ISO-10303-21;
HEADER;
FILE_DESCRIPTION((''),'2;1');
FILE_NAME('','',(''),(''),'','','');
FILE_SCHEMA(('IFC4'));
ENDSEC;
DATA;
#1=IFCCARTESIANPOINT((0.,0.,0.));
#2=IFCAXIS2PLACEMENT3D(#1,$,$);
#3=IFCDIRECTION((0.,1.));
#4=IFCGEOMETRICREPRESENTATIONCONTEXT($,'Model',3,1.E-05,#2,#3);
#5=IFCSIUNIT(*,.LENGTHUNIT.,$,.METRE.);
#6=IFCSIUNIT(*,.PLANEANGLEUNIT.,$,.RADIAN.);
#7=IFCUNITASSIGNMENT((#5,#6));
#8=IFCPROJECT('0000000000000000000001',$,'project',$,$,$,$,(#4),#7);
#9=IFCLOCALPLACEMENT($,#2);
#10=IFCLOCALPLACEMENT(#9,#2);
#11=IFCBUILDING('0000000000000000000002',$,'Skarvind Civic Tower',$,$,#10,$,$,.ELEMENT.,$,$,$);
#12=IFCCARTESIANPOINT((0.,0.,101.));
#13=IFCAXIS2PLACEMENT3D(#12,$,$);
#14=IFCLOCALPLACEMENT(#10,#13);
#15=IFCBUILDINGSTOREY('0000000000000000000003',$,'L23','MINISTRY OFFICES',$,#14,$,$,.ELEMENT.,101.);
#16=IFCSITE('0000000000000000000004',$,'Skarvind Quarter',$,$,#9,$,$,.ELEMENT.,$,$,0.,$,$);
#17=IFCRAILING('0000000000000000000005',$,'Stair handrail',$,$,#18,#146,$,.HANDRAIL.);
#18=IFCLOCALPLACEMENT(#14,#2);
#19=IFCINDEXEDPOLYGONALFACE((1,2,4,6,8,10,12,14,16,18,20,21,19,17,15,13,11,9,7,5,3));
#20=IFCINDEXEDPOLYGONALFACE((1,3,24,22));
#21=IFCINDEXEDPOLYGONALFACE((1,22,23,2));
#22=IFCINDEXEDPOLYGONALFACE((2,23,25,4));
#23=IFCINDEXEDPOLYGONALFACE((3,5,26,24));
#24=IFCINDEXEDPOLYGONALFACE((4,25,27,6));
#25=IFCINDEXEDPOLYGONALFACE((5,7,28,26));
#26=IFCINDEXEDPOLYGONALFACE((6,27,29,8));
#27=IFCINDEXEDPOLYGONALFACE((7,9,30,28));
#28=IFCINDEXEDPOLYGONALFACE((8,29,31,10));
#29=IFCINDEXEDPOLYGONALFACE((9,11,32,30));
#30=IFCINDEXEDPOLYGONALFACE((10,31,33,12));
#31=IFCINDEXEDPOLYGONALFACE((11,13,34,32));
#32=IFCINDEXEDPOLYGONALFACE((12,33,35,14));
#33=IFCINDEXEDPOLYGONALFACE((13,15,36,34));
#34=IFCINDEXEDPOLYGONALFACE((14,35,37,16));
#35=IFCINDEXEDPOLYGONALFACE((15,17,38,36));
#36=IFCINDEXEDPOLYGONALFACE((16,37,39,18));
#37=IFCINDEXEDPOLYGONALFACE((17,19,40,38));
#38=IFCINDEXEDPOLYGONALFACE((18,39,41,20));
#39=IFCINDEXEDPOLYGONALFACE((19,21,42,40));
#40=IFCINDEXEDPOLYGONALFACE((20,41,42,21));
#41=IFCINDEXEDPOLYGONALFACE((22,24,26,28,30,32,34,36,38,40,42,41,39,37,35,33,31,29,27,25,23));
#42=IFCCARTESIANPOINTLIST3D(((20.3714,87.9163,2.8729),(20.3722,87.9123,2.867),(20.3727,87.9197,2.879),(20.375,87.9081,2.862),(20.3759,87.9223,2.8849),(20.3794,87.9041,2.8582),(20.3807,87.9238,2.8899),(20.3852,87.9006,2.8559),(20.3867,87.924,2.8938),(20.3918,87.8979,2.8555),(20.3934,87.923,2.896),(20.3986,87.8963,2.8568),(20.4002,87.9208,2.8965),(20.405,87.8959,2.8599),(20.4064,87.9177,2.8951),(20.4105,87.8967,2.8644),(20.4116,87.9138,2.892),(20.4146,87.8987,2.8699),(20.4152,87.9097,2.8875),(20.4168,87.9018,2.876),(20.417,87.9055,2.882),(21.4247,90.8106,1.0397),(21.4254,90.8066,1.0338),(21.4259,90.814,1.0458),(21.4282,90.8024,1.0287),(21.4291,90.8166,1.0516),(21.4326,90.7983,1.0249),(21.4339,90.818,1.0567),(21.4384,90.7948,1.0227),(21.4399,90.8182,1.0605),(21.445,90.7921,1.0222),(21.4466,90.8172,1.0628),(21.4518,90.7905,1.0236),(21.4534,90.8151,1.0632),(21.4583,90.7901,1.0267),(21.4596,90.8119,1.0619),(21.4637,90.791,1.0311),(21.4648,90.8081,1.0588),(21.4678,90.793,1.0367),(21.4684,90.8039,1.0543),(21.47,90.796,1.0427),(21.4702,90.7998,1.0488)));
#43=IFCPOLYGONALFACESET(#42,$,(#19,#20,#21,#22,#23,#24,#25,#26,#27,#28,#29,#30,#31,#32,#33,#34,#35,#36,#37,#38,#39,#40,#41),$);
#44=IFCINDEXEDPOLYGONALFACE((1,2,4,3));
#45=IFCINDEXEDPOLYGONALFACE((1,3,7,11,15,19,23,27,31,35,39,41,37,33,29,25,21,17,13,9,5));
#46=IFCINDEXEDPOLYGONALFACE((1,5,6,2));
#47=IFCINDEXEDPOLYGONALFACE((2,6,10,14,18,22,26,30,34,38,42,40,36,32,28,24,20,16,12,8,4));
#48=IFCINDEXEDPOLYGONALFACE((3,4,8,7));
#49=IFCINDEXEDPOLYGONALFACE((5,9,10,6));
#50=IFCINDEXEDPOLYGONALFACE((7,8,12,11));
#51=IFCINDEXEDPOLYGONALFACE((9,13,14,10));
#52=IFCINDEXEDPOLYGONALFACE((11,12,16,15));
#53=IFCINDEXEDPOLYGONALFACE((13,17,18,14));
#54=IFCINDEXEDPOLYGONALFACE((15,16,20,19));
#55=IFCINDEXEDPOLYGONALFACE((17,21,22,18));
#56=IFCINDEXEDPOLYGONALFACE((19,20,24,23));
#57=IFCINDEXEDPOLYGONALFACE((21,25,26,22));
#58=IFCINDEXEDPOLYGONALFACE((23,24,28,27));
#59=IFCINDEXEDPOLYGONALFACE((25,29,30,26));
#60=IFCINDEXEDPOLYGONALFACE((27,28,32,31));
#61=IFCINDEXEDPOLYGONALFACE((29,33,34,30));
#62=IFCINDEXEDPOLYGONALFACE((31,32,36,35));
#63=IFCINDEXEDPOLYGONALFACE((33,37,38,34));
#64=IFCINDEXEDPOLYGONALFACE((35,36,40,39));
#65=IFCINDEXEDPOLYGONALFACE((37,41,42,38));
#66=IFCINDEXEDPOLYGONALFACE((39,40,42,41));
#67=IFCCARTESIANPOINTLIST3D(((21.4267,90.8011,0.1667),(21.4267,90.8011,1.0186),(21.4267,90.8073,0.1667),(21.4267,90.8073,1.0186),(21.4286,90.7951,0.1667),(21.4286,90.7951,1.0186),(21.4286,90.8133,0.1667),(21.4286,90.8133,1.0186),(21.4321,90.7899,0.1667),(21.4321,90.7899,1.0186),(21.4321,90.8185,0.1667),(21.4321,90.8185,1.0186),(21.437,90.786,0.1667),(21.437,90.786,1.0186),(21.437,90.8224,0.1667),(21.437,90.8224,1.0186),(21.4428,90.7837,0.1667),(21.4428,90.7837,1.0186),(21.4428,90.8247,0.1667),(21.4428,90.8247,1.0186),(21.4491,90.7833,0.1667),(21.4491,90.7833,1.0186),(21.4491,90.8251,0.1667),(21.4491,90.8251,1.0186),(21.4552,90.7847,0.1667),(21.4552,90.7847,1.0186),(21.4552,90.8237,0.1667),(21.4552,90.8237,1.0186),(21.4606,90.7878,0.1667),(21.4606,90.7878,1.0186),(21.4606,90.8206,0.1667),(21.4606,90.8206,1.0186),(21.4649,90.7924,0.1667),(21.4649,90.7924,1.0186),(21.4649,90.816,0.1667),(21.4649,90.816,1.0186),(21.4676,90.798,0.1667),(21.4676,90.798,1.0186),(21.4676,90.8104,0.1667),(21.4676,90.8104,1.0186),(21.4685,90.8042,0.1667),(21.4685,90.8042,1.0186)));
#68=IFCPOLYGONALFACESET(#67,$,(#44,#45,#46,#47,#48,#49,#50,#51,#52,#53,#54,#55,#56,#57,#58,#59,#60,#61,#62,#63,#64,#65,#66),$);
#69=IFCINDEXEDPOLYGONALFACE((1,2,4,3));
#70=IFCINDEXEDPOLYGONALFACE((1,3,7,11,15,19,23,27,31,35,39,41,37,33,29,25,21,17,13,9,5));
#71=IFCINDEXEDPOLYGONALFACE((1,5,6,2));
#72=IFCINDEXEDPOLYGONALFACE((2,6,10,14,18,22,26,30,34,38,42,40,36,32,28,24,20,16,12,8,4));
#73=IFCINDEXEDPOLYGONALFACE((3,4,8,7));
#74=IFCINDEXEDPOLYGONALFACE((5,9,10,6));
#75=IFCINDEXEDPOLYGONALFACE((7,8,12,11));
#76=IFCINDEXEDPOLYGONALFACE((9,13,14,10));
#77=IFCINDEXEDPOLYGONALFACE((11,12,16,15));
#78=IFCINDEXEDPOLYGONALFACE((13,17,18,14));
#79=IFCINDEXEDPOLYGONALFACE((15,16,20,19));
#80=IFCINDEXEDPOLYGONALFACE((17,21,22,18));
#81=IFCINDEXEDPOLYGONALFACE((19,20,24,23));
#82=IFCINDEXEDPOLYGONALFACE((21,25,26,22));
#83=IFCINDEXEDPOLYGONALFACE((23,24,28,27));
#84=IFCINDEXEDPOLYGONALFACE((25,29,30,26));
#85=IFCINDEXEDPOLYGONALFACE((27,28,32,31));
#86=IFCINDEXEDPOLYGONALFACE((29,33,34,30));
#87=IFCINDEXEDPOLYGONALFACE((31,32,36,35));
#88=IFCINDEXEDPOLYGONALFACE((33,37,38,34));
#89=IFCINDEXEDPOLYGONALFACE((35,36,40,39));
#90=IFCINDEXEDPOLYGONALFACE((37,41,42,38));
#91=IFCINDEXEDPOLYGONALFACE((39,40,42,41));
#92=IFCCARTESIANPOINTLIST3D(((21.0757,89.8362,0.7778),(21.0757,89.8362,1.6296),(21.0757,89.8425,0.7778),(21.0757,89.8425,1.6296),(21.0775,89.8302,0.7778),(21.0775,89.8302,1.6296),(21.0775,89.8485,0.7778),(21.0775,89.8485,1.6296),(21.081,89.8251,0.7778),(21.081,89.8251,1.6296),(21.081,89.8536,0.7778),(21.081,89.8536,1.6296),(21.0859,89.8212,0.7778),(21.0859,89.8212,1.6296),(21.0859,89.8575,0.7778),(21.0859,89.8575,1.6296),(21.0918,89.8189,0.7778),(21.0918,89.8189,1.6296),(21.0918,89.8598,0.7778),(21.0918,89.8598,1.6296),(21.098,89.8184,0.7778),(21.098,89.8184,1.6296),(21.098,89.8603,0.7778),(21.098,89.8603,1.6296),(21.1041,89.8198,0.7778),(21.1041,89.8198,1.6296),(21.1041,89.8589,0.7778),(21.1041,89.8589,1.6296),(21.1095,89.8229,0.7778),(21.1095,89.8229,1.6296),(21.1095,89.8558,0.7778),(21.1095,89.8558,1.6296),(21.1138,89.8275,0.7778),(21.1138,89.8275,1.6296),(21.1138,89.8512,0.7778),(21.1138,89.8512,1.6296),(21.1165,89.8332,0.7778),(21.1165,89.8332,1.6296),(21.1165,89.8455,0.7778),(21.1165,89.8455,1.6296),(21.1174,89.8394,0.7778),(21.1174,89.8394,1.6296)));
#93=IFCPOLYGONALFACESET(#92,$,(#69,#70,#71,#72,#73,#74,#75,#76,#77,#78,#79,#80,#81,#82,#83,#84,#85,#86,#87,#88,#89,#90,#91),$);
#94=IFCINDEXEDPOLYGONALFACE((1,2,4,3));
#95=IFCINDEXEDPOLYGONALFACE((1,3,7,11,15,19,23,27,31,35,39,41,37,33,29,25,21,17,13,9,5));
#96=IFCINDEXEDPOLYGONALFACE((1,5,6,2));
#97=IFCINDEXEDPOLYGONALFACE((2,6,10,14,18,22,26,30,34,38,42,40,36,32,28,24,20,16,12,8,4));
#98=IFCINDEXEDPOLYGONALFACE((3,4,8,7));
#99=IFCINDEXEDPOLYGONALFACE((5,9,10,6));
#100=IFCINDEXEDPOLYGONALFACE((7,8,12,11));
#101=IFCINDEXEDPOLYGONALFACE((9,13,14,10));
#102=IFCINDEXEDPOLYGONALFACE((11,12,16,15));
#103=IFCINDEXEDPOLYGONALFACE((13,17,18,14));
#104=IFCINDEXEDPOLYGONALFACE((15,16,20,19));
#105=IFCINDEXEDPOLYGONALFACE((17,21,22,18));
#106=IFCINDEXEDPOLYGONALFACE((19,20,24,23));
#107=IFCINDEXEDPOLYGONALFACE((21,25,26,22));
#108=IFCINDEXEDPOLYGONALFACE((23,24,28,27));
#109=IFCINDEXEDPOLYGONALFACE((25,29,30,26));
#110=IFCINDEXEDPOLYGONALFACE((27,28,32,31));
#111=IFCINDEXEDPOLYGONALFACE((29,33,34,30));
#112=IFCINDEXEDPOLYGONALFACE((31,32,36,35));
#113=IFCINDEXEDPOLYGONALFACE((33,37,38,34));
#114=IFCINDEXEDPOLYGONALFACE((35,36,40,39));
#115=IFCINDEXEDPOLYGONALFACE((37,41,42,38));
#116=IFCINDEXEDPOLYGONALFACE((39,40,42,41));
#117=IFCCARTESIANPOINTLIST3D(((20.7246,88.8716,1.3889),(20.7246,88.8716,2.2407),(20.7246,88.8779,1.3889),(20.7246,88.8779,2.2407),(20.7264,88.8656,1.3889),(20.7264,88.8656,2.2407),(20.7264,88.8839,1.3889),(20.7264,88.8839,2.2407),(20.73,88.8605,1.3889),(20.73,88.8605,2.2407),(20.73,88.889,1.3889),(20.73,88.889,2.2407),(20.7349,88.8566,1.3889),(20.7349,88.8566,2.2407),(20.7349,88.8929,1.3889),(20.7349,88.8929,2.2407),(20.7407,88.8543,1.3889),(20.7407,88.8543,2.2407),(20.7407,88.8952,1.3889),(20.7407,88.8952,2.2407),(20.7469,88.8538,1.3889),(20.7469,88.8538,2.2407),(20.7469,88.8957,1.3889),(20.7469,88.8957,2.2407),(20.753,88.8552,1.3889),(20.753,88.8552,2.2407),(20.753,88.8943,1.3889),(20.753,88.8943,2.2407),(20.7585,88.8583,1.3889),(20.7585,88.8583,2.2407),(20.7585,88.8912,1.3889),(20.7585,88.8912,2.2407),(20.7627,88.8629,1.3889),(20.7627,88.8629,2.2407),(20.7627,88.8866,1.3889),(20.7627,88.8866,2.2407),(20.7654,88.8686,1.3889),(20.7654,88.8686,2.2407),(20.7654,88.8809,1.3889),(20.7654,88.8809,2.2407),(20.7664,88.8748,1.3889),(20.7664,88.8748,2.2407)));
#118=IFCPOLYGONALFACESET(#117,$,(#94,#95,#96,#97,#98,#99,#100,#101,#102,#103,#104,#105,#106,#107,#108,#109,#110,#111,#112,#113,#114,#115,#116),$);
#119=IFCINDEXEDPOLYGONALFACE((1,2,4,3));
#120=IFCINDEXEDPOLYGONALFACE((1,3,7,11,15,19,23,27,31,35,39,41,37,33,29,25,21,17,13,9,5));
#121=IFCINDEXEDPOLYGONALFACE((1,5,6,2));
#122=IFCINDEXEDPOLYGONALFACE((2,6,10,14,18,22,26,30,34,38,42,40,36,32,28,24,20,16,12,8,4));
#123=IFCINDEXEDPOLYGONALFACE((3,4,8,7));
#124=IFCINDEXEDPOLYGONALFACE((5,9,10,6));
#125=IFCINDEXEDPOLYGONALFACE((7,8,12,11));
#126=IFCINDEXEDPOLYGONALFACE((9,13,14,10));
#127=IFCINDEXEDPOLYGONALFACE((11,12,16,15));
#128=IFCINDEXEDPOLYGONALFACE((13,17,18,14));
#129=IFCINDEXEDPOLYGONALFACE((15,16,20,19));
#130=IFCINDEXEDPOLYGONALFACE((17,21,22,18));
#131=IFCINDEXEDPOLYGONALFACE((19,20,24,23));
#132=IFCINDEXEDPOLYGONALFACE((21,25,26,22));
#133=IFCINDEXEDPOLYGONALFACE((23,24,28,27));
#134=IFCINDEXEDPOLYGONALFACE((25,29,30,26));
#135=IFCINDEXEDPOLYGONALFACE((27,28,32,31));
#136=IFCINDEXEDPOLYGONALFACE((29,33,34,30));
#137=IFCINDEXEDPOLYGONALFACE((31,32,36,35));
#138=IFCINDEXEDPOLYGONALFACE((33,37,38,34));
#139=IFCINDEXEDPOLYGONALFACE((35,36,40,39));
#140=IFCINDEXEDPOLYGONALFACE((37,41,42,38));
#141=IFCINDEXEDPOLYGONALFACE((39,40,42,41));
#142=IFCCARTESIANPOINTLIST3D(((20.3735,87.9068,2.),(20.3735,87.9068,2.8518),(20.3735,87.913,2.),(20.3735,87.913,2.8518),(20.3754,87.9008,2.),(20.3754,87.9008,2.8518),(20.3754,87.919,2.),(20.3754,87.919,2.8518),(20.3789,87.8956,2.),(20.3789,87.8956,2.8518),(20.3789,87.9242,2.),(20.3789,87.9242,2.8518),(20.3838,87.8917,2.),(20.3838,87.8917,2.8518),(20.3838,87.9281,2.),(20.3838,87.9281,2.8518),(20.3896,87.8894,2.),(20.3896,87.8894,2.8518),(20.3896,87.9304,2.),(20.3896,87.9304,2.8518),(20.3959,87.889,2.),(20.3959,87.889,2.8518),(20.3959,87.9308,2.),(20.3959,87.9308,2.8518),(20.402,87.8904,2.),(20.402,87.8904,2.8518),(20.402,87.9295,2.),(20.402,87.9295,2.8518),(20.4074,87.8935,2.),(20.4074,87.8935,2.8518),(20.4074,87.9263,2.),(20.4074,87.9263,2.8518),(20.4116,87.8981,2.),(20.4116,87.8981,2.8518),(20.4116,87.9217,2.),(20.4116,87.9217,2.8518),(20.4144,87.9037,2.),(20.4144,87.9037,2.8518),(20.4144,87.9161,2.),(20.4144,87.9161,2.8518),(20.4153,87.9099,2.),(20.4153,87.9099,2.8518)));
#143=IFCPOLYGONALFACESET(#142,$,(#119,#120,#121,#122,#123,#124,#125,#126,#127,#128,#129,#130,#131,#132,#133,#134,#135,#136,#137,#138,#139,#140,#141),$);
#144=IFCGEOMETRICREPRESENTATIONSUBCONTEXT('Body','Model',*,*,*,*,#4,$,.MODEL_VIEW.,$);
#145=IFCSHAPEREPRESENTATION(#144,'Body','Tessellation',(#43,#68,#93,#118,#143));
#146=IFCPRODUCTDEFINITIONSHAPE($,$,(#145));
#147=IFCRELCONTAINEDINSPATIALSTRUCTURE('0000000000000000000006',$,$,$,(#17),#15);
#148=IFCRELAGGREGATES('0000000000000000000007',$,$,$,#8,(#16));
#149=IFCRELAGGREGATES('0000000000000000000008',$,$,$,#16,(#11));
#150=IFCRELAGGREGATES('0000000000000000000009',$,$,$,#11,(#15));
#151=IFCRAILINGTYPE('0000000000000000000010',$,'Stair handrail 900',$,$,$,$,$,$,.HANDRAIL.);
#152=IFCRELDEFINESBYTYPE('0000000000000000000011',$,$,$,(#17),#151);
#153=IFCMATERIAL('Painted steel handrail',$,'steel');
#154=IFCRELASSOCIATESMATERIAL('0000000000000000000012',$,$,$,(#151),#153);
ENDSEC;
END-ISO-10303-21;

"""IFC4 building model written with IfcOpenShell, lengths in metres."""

from ifc_helpers import new_model, si_unit, direction, frame, origin, origin_2d, place, context, subcontext, project, spatial, circle, extrude, material, type_object, element, save


model = new_model("IFC4")

# Units and contexts
model_context = context("Model", 3, precision=1e-05, world=origin(), true_north=direction((0.0, 1.0)))
body_context = subcontext(model_context, "Body", "Model", "MODEL_VIEW")
ifc_project = project(units=[si_unit("LENGTHUNIT", "METRE"), si_unit("PLANEANGLEUNIT", "RADIAN")], contexts=[model_context])

# Site, building, storey
site_placement = place(None, origin())
site = spatial("IfcSite", under=ifc_project, at=site_placement, Name="Skarvind Quarter", CompositionType="ELEMENT", RefElevation=0.0)
building_placement = place(site_placement, origin())
building = spatial("IfcBuilding", under=site, at=building_placement, Name="Skarvind Civic Tower", CompositionType="ELEMENT")
storey_placement = place(building_placement, frame((0.0, 0.0, 101.0)))
storey = spatial("IfcBuildingStorey", under=building, at=storey_placement, Name="L23", Description="MINISTRY OFFICES", CompositionType="ELEMENT", Elevation=101.0)

# Railing
ifc_material_1 = material(Name="Painted steel handrail", Category="steel")
railing_type = type_object("IfcRailingType", Name="Stair handrail 900", PredefinedType="HANDRAIL", material=ifc_material_1)
railing_1_placement = place(storey_placement, frame((21.4475, 90.8042, 0.1667)))
element("IfcRailing", 1, at=railing_1_placement, inside=storey, type_object=railing_type, Name="Stair handrail", PredefinedType="HANDRAIL", context=body_context, shape_type="SweptSolid", body=[
    extrude(circle(Radius=0.0239, at=origin_2d()), frame((0.0, 0.0, 0.876), z_axis=(-0.293846, -0.807497, 0.511472), x_axis=(0.939715, -0.341959, 0.0)), (0.0, 0.0, 1.0), 3.5842),
    extrude(circle(Radius=0.021, at=origin_2d()), origin(), (0.0, 0.0, 1.0), 0.8518),
    extrude(circle(Radius=0.021, at=origin_2d()), frame((-0.3511, -0.9648, 0.6111)), (0.0, 0.0, 1.0), 0.8518),
    extrude(circle(Radius=0.021, at=origin_2d()), frame((-0.7021, -1.9294, 1.2222)), (0.0, 0.0, 1.0), 0.8518),
    extrude(circle(Radius=0.021, at=origin_2d()), frame((-1.0532, -2.8943, 1.8333)), (0.0, 0.0, 1.0), 0.8518),
])

save(model, "model.ifc")
